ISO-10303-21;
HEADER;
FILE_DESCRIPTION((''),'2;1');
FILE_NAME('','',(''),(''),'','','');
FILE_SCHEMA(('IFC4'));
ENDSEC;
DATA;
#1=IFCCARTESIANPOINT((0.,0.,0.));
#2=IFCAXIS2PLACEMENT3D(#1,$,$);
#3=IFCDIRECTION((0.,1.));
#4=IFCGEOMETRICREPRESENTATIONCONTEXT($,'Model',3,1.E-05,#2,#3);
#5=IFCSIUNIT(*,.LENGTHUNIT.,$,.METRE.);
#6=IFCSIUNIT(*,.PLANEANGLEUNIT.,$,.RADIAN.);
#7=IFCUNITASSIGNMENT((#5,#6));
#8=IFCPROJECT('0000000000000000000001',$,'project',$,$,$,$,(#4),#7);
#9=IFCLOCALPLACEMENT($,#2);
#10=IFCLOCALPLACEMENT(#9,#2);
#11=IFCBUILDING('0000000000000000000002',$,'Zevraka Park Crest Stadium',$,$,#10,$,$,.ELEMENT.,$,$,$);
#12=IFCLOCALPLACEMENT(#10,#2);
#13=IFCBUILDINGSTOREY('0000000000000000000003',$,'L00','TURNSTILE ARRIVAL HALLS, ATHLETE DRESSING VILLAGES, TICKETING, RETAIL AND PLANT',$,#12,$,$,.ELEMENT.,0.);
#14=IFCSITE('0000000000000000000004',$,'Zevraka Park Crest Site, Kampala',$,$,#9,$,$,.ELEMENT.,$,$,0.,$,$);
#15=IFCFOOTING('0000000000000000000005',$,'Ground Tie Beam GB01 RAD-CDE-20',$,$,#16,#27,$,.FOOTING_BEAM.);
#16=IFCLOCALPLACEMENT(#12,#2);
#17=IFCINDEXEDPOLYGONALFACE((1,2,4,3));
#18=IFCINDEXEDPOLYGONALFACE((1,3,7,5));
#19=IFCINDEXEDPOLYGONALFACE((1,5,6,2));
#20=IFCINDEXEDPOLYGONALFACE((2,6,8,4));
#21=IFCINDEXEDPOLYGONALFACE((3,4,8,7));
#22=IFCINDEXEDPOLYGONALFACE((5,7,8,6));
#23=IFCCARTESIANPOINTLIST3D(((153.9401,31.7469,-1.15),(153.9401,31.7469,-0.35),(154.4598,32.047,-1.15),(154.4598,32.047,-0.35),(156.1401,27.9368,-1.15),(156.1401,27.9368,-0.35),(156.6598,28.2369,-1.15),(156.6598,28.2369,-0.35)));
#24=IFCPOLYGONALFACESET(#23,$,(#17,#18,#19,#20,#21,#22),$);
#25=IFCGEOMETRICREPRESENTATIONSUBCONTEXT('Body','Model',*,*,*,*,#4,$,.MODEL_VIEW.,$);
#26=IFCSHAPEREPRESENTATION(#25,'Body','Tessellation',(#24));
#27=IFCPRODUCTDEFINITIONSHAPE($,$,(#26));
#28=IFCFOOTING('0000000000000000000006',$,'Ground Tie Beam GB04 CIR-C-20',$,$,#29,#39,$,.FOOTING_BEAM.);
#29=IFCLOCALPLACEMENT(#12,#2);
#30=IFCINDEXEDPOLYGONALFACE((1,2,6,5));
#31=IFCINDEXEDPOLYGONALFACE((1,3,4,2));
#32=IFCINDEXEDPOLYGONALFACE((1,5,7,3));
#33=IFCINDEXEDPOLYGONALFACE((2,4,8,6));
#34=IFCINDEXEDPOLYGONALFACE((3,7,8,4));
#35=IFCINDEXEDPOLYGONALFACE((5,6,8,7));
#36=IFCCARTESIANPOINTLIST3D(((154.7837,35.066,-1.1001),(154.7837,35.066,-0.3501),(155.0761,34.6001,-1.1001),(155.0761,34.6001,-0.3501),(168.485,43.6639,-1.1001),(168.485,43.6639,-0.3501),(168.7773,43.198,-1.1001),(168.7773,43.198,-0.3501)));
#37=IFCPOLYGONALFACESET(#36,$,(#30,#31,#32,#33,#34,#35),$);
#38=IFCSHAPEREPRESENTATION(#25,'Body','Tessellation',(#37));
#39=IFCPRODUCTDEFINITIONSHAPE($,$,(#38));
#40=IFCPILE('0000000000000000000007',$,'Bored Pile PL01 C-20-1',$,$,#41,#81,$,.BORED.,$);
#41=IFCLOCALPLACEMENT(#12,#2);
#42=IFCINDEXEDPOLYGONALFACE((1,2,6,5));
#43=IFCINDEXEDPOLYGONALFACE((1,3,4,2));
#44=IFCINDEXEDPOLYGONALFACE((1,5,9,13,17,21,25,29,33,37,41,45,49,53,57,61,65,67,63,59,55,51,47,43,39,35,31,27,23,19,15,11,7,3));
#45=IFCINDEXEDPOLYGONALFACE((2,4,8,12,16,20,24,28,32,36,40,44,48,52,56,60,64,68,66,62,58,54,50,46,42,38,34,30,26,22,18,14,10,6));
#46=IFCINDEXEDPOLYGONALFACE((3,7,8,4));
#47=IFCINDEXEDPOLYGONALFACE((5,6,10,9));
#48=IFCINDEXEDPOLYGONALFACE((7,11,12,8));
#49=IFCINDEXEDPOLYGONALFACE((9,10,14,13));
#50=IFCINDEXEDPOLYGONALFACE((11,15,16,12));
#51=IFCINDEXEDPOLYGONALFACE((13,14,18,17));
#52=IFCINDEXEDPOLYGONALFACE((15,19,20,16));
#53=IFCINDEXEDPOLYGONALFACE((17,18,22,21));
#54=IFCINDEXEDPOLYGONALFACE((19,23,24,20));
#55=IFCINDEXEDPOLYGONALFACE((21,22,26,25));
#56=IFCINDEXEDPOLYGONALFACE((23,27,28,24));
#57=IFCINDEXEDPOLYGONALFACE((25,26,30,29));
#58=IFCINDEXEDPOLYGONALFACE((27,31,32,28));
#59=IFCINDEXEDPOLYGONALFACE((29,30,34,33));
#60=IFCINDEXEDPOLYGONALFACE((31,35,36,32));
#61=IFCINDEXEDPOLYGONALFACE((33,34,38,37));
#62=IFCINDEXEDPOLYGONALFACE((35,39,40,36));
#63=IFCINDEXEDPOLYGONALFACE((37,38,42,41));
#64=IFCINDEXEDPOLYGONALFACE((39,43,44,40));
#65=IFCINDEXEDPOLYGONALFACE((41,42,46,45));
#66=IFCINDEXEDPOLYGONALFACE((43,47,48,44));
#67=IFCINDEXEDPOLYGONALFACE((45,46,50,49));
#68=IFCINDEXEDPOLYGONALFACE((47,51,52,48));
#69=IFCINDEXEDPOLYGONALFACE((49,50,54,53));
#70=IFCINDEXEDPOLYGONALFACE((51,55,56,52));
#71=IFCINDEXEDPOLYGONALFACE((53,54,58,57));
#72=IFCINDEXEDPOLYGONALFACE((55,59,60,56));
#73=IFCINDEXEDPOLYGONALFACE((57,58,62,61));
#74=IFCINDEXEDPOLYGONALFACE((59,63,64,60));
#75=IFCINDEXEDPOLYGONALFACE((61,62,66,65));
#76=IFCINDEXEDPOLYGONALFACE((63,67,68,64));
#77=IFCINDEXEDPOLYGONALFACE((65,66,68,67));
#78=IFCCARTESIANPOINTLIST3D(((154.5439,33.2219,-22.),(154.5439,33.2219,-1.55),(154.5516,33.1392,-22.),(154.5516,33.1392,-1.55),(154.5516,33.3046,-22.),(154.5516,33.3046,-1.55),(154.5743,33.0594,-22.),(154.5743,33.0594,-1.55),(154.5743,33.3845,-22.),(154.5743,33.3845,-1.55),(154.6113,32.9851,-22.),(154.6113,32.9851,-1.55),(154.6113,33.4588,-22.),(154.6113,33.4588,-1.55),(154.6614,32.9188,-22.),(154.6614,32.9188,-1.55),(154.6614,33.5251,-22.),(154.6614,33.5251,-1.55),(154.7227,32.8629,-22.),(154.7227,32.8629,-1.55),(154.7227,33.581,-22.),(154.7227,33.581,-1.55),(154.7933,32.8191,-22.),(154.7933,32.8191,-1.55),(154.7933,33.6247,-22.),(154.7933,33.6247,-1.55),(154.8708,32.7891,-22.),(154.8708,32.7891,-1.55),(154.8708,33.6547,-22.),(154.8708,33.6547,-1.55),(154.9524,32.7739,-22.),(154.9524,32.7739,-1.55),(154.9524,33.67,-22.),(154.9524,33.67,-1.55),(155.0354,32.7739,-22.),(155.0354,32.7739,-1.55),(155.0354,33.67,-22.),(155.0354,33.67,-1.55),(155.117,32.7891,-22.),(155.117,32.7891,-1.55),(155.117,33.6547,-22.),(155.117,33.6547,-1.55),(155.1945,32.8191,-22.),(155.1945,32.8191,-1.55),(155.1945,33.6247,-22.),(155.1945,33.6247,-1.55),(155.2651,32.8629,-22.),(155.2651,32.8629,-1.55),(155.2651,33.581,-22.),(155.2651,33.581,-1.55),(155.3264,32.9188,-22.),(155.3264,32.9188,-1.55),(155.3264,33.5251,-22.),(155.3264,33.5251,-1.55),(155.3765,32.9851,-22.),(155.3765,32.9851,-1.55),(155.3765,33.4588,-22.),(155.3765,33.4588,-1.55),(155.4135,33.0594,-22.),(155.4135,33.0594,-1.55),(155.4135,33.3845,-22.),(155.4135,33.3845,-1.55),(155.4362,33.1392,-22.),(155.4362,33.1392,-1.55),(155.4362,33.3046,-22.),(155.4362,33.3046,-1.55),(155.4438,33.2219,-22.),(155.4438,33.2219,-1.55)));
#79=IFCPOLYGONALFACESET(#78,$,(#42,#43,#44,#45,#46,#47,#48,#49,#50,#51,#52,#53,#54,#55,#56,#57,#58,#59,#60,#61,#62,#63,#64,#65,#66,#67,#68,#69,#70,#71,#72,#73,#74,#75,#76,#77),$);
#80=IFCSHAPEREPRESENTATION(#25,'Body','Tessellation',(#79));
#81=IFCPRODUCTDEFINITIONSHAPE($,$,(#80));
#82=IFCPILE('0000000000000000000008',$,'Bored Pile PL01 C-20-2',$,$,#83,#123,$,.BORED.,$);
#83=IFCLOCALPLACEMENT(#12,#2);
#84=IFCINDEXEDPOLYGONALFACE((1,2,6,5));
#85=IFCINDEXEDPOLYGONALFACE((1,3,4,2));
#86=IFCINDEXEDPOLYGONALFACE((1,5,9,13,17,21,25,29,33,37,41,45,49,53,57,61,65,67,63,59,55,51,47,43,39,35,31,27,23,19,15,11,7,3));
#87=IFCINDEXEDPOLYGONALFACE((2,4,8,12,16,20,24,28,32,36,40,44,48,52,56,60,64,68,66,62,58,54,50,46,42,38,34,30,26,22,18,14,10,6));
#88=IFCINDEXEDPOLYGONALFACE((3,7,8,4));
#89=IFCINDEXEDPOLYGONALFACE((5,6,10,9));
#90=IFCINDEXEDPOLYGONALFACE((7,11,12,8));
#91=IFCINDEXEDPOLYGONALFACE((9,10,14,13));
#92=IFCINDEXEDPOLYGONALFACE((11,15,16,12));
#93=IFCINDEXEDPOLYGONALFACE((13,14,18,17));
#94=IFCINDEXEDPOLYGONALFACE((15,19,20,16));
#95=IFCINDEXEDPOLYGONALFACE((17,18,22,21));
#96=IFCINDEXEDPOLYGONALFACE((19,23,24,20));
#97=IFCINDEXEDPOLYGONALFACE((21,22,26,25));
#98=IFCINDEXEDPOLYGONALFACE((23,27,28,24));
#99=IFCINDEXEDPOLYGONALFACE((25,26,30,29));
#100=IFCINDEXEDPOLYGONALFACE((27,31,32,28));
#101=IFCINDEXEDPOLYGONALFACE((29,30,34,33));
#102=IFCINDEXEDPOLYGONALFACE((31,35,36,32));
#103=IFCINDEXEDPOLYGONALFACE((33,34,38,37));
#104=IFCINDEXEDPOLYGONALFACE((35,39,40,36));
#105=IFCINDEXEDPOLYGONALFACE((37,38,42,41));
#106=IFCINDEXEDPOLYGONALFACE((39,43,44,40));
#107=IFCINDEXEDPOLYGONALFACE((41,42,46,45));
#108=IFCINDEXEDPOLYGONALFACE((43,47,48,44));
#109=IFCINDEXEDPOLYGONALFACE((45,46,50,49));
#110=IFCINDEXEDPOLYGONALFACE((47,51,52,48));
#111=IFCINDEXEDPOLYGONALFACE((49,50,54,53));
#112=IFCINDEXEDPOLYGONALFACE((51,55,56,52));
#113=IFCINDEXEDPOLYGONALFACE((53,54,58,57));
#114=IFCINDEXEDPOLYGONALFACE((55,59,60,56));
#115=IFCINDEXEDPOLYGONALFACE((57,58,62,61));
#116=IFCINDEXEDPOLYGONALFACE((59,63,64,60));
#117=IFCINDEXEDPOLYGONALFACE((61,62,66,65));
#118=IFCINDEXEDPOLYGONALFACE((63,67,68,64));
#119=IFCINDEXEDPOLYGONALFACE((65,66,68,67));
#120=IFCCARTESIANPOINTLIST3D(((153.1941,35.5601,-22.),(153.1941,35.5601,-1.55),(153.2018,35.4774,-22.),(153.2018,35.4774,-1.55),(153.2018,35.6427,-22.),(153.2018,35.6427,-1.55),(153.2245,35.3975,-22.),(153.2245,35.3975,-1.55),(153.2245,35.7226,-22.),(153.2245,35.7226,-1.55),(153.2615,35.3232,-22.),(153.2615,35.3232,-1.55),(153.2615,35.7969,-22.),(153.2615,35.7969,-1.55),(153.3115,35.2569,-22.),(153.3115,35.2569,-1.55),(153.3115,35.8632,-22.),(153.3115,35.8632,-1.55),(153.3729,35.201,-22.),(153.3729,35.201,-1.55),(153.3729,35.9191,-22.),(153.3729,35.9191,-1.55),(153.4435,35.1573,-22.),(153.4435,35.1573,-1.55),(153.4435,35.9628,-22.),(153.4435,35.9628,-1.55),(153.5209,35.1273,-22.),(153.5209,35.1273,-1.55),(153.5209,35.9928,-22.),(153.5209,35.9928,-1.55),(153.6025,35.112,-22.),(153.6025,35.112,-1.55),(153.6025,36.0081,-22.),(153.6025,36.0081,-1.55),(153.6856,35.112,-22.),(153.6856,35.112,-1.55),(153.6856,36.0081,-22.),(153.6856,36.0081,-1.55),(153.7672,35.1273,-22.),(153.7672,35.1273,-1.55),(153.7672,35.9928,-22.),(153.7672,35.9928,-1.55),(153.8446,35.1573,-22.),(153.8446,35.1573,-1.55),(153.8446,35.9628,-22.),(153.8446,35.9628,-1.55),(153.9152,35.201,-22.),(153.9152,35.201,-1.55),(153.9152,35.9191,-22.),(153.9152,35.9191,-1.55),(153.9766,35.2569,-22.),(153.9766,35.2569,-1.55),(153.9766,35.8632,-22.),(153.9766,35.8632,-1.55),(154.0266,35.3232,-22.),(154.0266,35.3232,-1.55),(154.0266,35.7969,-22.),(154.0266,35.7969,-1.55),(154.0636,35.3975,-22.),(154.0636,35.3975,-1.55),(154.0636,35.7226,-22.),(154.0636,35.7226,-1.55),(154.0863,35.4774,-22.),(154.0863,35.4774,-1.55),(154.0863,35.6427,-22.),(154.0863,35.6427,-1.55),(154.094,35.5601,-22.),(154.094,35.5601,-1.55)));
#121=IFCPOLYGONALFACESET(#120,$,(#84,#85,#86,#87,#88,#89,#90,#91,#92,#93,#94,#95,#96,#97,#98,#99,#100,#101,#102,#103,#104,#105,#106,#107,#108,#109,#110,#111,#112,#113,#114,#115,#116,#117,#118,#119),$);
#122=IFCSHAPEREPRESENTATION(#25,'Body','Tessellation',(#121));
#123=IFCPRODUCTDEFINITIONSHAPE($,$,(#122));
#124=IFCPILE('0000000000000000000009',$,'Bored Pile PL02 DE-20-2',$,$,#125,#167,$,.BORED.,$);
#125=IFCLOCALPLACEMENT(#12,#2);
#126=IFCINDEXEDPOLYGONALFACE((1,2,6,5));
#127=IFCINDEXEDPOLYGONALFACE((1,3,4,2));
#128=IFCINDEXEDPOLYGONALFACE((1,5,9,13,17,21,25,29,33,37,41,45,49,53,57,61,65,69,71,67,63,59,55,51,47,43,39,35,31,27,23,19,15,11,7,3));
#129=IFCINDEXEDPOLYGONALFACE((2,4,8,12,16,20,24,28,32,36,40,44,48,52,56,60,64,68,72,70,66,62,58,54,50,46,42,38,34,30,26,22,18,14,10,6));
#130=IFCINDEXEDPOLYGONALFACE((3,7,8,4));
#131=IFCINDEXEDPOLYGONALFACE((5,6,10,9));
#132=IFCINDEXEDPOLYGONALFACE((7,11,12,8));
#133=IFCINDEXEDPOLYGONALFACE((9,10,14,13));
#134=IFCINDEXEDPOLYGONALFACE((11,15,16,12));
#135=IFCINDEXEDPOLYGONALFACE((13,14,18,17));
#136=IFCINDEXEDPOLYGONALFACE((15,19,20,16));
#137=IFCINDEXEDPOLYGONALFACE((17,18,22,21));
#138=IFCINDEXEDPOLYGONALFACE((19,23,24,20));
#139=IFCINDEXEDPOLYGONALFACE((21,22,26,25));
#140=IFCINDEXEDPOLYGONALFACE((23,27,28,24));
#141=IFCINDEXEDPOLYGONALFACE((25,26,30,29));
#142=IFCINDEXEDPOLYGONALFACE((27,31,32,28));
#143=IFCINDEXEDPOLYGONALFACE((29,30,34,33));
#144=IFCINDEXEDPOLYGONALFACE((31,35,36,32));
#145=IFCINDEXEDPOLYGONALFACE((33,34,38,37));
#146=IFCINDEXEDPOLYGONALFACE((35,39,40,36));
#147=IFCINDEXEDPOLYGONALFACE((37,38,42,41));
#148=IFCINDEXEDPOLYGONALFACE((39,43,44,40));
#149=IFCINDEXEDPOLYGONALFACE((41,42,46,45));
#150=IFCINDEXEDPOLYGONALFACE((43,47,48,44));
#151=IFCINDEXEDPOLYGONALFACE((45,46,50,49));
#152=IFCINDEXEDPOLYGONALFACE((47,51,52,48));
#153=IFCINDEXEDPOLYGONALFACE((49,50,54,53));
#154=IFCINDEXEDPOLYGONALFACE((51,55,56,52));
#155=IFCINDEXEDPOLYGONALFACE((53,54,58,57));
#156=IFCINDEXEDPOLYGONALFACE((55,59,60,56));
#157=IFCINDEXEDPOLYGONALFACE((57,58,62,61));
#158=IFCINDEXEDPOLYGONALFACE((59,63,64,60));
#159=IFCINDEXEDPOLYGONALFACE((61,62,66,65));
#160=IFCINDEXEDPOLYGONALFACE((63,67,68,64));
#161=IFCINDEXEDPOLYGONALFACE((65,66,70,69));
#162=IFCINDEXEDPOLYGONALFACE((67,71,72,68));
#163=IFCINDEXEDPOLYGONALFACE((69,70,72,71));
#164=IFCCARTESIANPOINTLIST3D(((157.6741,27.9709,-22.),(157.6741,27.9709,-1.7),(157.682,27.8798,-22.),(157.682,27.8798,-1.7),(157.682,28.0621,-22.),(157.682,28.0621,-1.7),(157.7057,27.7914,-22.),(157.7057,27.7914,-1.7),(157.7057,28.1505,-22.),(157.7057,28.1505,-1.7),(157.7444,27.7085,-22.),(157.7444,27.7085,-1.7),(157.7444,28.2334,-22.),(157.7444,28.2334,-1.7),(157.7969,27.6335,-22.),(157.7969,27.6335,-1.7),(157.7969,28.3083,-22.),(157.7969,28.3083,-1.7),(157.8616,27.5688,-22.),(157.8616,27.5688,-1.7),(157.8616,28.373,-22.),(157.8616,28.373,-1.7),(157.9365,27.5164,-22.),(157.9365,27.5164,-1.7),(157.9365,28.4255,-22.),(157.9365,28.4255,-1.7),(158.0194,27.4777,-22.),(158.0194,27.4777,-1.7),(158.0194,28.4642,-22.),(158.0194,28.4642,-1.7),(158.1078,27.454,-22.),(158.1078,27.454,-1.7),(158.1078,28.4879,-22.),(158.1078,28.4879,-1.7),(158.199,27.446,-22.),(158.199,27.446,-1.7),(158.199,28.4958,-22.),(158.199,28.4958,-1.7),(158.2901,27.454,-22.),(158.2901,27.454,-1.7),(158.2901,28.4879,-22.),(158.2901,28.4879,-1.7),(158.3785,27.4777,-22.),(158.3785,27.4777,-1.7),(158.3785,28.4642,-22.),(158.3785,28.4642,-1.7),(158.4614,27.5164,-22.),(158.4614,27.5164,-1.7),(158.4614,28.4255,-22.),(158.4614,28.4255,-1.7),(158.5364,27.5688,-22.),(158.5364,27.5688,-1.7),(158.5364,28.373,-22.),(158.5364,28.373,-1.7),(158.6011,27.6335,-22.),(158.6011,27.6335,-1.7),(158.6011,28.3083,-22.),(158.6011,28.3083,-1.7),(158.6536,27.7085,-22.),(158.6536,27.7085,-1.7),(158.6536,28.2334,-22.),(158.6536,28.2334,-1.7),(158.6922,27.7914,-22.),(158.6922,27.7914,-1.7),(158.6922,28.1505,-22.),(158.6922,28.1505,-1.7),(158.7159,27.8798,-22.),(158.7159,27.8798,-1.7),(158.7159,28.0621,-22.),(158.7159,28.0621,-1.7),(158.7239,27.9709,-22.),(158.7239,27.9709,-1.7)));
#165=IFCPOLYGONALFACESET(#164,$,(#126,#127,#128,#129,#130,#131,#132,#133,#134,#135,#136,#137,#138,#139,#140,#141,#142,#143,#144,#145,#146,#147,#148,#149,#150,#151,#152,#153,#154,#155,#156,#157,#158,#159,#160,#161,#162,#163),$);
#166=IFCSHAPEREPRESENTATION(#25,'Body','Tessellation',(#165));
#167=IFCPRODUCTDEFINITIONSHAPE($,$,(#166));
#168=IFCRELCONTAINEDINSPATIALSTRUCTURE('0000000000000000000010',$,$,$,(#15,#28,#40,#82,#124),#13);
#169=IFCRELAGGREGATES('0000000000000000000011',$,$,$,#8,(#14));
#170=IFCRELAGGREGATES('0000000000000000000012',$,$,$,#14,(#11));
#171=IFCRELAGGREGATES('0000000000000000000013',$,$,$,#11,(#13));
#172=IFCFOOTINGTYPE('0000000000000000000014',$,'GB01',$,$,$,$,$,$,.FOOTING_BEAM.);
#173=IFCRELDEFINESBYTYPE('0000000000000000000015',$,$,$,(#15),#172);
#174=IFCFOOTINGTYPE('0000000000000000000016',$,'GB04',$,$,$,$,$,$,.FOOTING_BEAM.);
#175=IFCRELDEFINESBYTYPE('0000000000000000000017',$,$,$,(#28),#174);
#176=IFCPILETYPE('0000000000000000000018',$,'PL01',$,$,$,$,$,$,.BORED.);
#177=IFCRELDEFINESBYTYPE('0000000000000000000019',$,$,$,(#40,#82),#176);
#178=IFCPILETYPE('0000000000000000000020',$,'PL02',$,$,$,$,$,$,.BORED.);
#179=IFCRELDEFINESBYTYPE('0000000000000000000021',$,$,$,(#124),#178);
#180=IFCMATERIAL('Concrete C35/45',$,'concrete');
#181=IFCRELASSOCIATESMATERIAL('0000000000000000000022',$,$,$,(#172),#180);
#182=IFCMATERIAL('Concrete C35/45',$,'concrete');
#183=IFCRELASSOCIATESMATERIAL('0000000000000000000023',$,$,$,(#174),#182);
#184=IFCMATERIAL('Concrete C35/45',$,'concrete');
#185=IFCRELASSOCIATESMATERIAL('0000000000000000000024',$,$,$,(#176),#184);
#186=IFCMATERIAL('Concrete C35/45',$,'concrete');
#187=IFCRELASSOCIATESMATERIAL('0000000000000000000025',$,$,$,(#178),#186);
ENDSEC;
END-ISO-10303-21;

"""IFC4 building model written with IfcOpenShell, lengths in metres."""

from ifc_helpers import new_model, si_unit, direction, frame, origin, origin_2d, place, context, subcontext, project, spatial, rectangle, circle, extrude, material, material_profile, profile_set, type_object, element, save


model = new_model("IFC4")

# Units and contexts
model_context = context("Model", 3, precision=1e-05, world=origin(), true_north=direction((0.0, 1.0)))
body_context = subcontext(model_context, "Body", "Model", "MODEL_VIEW")
ifc_project = project(units=[si_unit("LENGTHUNIT", "METRE"), si_unit("PLANEANGLEUNIT", "RADIAN")], contexts=[model_context])

# Site, building, storey
site_placement = place(None, origin())
site = spatial("IfcSite", under=ifc_project, at=site_placement, Name="Zevraka Park Crest Site, Kampala", CompositionType="ELEMENT", RefElevation=0.0)
building_placement = place(site_placement, origin())
building = spatial("IfcBuilding", under=site, at=building_placement, Name="Zevraka Park Crest Stadium", CompositionType="ELEMENT")
storey_placement = place(building_placement, origin())
storey = spatial("IfcBuildingStorey", under=building, at=storey_placement, Name="L00", Description="TURNSTILE ARRIVAL HALLS, ATHLETE DRESSING VILLAGES, TICKETING, RETAIL AND PLANT", CompositionType="ELEMENT", Elevation=0.0)

# Footings
ifc_material_1 = material(Name="Concrete C35/45", Category="concrete")
ifc_material_profile_1 = material_profile(ifc_material_1, rectangle(XDim=0.6001, YDim=0.8, at=origin_2d()), Name="GB 800x600")
ifc_profile_set_1 = profile_set([ifc_material_profile_1], Name="Concrete C35/45")
footing_type_1 = type_object("IfcFootingType", Name="GB01", PredefinedType="FOOTING_BEAM", material=ifc_profile_set_1)
footing_1_placement = place(storey_placement, frame((154.2, 31.897, -0.75), z_axis=(0.500036, -0.866004, 0.0), x_axis=(0.866004, 0.500036, 0.0)))
element("IfcFooting", 1, at=footing_1_placement, inside=storey, type_object=footing_type_1, Name="Ground Tie Beam GB01 RAD-CDE-20", PredefinedType="FOOTING_BEAM", context=body_context, shape_type="SweptSolid", body=[
    extrude(rectangle(XDim=0.6001, YDim=0.8, at=origin_2d()), origin(), (0.0, 0.0, 1.0), 4.3997),
])
ifc_material_2 = material(Name="Concrete C35/45", Category="concrete")
ifc_material_profile_2 = material_profile(ifc_material_2, rectangle(XDim=0.55, YDim=0.75, at=origin_2d()), Name="GB 750x550")
ifc_profile_set_2 = profile_set([ifc_material_profile_2], Name="Concrete C35/45")
footing_type_2 = type_object("IfcFootingType", Name="GB04", PredefinedType="FOOTING_BEAM", material=ifc_profile_set_2)
footing_2_placement = place(storey_placement, frame((154.9299, 34.833, -0.7251), z_axis=(0.847034, 0.531539, 0.0), x_axis=(-0.531539, 0.847034, 0.0)))
element("IfcFooting", 2, at=footing_2_placement, inside=storey, type_object=footing_type_2, Name="Ground Tie Beam GB04 CIR-C-20", PredefinedType="FOOTING_BEAM", context=body_context, shape_type="SweptSolid", body=[
    extrude(rectangle(XDim=0.55, YDim=0.75, at=origin_2d()), origin(), (0.0, 0.0, 1.0), 16.1755),
])

# Piles
ifc_material_3 = material(Name="Concrete C35/45", Category="concrete")
ifc_material_profile_3 = material_profile(ifc_material_3, circle(Radius=0.45, at=origin_2d()), Name="PILE D900")
ifc_profile_set_3 = profile_set([ifc_material_profile_3], Name="Concrete C35/45")
pile_type_1 = type_object("IfcPileType", Name="PL01", PredefinedType="BORED", material=ifc_profile_set_3)
for number, where, z_axis, x_axis, name in (
    (3, (154.9939, 33.2219, -1.55), (0.0, 0.0, -1.0), (1.0, 0.0, 0.0), "Bored Pile PL01 C-20-1"),
    (4, (153.644, 35.5601, -1.55), (0.0, 0.0, -1.0), (1.0, 0.0, 0.0), "Bored Pile PL01 C-20-2"),
):
    element("IfcPile", number, at=place(storey_placement, frame(where, z_axis=z_axis, x_axis=x_axis)), inside=storey, type_object=pile_type_1, Name=name, PredefinedType="BORED", context=body_context, shape_type="SweptSolid", body=[
        extrude(circle(Radius=0.45, at=origin_2d()), origin(), (0.0, 0.0, 1.0), 20.45),
    ])
ifc_material_4 = material(Name="Concrete C35/45", Category="concrete")
ifc_material_profile_4 = material_profile(ifc_material_4, circle(Radius=0.5249, at=origin_2d()), Name="PILE D1050")
ifc_profile_set_4 = profile_set([ifc_material_profile_4], Name="Concrete C35/45")
pile_type_2 = type_object("IfcPileType", Name="PL02", PredefinedType="BORED", material=ifc_profile_set_4)
for number, where, z_axis, x_axis, name in (
    (5, (158.199, 27.9709, -1.7), (0.0, 0.0, -1.0), (1.0, 0.0, 0.0), "Bored Pile PL02 DE-20-2"),
):
    element("IfcPile", number, at=place(storey_placement, frame(where, z_axis=z_axis, x_axis=x_axis)), inside=storey, type_object=pile_type_2, Name=name, PredefinedType="BORED", context=body_context, shape_type="SweptSolid", body=[
        extrude(circle(Radius=0.5249, at=origin_2d()), origin(), (0.0, 0.0, 1.0), 20.3),
    ])

save(model, "model.ifc")
